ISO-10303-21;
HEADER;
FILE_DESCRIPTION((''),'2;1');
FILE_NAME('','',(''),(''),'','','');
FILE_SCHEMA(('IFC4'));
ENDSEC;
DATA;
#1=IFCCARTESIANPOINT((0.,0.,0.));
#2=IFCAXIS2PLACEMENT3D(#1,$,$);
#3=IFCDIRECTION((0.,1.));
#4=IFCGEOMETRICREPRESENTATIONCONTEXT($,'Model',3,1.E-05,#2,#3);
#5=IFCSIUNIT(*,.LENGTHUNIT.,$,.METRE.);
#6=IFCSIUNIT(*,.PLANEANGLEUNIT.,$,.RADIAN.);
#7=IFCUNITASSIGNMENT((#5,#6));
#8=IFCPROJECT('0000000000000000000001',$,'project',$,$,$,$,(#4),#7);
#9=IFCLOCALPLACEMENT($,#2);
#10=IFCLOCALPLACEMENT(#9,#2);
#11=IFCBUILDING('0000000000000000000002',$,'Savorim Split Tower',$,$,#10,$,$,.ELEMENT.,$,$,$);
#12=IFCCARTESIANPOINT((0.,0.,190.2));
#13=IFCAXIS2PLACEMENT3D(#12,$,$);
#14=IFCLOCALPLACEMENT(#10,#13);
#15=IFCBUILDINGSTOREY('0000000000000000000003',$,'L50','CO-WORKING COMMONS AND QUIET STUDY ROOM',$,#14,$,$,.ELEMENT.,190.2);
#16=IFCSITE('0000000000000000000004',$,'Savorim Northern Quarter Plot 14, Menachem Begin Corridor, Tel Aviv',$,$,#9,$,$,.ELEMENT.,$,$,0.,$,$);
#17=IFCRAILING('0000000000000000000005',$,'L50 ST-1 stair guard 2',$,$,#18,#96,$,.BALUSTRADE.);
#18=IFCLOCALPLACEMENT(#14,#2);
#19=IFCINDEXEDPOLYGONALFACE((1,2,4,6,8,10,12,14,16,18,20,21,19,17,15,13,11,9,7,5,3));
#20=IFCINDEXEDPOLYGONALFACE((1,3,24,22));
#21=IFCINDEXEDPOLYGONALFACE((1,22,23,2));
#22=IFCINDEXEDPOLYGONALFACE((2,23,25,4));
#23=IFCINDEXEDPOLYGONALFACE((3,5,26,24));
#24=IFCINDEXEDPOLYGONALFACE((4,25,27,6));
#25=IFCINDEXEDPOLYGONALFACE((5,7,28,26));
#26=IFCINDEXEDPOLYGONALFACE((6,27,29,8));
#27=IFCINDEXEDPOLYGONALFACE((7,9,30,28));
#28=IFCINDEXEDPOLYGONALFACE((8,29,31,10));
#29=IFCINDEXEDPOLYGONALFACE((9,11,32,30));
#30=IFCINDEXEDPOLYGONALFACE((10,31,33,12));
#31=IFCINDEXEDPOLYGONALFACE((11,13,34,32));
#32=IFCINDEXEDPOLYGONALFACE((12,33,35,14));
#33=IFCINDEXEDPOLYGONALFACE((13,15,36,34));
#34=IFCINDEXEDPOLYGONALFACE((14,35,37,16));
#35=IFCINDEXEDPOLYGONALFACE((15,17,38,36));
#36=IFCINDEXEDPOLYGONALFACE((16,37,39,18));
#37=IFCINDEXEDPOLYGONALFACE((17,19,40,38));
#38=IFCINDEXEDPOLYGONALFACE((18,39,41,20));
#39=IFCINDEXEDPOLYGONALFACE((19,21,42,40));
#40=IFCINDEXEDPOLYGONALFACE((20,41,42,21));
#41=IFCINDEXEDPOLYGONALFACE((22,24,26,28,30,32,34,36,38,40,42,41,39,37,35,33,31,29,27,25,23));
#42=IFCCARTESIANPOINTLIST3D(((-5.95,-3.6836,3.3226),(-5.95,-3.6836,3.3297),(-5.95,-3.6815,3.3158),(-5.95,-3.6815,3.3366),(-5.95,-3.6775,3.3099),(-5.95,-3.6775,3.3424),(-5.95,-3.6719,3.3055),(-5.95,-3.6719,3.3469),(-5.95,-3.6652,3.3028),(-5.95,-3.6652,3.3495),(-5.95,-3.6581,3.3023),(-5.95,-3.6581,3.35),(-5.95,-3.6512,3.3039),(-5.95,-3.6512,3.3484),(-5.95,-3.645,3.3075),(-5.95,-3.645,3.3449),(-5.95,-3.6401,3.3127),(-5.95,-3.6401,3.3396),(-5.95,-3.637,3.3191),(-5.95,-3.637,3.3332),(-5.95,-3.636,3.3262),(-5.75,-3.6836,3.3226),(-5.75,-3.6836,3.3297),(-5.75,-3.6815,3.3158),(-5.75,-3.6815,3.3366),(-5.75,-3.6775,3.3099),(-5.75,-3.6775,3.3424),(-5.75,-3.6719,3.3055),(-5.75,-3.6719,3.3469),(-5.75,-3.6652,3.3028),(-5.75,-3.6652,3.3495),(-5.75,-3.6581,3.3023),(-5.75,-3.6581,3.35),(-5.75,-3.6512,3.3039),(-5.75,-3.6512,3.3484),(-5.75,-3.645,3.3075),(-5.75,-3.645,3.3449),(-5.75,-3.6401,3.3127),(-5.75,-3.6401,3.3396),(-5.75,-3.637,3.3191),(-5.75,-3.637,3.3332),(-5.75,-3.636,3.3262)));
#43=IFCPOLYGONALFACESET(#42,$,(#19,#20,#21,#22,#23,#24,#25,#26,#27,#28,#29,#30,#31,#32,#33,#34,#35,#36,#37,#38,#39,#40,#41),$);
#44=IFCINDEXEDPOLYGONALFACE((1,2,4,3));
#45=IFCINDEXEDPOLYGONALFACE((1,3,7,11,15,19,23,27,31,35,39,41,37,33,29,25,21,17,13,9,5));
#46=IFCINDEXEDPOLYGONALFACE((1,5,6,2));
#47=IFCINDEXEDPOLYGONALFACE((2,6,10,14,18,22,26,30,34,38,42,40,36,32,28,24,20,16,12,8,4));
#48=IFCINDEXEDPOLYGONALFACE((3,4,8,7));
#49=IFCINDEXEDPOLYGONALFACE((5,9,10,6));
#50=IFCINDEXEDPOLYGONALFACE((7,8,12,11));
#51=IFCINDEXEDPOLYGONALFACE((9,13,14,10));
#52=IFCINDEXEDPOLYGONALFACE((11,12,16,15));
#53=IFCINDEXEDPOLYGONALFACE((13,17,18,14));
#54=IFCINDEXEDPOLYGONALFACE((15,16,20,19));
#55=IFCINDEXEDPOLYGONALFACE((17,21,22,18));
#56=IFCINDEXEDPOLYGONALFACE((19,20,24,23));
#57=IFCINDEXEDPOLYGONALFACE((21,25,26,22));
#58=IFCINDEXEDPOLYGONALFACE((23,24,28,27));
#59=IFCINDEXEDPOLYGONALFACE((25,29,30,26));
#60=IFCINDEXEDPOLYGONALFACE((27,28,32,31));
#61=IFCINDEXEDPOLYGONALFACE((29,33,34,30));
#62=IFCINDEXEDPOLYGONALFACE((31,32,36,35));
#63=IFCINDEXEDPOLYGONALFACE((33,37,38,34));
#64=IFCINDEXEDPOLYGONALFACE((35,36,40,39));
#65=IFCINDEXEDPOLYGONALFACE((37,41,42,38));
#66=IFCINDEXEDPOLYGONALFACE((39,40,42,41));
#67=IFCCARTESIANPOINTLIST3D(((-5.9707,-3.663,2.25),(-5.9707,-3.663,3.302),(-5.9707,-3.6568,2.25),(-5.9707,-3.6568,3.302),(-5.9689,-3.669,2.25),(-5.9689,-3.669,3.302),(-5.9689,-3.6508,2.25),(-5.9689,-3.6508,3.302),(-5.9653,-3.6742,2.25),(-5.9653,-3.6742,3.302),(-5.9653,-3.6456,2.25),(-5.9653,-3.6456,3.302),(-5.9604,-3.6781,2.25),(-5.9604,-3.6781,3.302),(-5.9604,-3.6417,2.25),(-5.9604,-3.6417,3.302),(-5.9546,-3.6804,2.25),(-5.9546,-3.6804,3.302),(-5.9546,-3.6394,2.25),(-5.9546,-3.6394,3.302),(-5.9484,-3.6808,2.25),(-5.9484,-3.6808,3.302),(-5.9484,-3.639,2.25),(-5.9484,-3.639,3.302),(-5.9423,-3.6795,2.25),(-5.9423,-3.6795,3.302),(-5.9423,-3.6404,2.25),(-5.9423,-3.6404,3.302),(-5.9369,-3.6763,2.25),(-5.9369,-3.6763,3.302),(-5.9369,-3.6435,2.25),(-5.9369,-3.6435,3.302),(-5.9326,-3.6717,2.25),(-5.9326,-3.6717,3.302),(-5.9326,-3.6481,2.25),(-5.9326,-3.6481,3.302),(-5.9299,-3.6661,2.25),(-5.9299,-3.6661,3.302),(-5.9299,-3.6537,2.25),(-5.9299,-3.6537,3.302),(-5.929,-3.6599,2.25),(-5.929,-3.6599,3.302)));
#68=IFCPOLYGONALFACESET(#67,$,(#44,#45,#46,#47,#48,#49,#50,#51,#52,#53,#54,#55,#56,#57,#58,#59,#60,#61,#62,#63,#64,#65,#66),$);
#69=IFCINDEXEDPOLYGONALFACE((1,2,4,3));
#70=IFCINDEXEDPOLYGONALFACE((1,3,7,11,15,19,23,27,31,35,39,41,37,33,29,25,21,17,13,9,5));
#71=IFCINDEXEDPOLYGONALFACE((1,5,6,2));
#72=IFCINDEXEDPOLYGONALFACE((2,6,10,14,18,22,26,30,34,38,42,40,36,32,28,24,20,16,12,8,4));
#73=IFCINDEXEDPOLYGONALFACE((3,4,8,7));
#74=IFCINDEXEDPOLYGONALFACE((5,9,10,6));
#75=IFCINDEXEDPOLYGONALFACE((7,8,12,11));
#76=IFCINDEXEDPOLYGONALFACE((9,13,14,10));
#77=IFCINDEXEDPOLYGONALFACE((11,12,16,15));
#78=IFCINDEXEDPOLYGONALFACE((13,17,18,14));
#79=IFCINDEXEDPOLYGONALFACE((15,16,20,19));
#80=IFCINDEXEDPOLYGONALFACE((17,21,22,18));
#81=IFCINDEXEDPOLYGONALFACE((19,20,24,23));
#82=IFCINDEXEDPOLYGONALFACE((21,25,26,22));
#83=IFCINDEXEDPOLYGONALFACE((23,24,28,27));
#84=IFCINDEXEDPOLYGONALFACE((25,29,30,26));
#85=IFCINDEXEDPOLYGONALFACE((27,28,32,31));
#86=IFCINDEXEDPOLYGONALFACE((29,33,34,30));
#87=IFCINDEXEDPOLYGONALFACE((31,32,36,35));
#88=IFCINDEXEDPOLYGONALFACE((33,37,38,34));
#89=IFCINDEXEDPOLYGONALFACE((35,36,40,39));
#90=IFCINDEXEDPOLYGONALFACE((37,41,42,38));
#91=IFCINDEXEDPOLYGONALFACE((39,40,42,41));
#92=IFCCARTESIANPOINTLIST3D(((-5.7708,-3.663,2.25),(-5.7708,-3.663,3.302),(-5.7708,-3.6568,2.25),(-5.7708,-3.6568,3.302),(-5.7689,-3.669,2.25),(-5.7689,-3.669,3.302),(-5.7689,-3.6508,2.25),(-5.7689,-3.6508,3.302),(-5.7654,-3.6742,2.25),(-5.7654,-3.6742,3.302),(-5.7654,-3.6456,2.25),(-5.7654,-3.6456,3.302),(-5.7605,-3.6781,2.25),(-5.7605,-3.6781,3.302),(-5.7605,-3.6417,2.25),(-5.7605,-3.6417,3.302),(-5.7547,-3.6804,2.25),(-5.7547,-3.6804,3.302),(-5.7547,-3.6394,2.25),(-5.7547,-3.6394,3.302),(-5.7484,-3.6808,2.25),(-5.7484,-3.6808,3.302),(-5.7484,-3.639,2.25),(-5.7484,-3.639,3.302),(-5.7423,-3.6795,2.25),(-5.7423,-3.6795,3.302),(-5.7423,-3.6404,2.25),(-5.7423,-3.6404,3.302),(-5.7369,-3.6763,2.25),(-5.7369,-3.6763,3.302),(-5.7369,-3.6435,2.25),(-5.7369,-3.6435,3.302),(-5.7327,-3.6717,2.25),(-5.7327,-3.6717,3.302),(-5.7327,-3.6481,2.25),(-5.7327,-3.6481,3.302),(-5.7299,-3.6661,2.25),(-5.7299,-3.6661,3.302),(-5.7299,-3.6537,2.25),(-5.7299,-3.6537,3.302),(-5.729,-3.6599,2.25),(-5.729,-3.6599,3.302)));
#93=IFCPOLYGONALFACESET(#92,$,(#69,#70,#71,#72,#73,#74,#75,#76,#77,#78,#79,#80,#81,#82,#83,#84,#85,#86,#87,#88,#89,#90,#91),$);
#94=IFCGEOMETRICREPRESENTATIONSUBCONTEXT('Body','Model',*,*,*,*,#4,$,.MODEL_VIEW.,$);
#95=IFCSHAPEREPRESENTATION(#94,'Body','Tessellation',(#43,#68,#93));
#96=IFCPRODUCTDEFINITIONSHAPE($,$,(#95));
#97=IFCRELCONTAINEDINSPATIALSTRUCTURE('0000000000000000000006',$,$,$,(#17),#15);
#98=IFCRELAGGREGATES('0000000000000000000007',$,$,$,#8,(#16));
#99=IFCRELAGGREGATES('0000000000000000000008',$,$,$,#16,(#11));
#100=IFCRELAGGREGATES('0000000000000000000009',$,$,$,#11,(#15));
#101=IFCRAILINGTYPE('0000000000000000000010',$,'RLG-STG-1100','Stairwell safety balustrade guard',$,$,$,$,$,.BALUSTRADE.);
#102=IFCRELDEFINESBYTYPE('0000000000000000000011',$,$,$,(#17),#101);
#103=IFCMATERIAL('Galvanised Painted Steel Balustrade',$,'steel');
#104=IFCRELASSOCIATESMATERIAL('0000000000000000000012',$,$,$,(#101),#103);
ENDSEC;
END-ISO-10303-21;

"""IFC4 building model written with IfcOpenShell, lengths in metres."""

from ifc_helpers import new_model, si_unit, direction, frame, origin, origin_2d, place, context, subcontext, project, spatial, circle, extrude, material, type_object, element, save


model = new_model("IFC4")

# Units and contexts
model_context = context("Model", 3, precision=1e-05, world=origin(), true_north=direction((0.0, 1.0)))
body_context = subcontext(model_context, "Body", "Model", "MODEL_VIEW")
ifc_project = project(units=[si_unit("LENGTHUNIT", "METRE"), si_unit("PLANEANGLEUNIT", "RADIAN")], contexts=[model_context])

# Site, building, storey
site_placement = place(None, origin())
site = spatial("IfcSite", under=ifc_project, at=site_placement, Name="Savorim Northern Quarter Plot 14, Menachem Begin Corridor, Tel Aviv", CompositionType="ELEMENT", RefElevation=0.0)
building_placement = place(site_placement, origin())
building = spatial("IfcBuilding", under=site, at=building_placement, Name="Savorim Split Tower", CompositionType="ELEMENT")
storey_placement = place(building_placement, frame((0.0, 0.0, 190.2)))
storey = spatial("IfcBuildingStorey", under=building, at=storey_placement, Name="L50", Description="CO-WORKING COMMONS AND QUIET STUDY ROOM", CompositionType="ELEMENT", Elevation=190.2)

# Railing
ifc_material_1 = material(Name="Galvanised Painted Steel Balustrade", Category="steel")
railing_type_1 = type_object("IfcRailingType", Name="RLG-STG-1100", Description="Stairwell safety balustrade guard", PredefinedType="BALUSTRADE", material=ifc_material_1)
railing_1_placement = place(storey_placement, frame((-5.95, -3.6599, 2.25)))
element("IfcRailing", 1, at=railing_1_placement, inside=storey, type_object=railing_type_1, Name="L50 ST-1 stair guard 2", PredefinedType="BALUSTRADE", context=body_context, shape_type="SweptSolid", body=[
    extrude(circle(Radius=0.0239, at=origin_2d()), frame((0.0, 0.0, 1.0762), z_axis=(1.0, 0.0, 0.0), x_axis=(0.0, 1.0, 0.0)), (0.0, 0.0, 1.0), 0.2),
    extrude(circle(Radius=0.021, at=origin_2d()), origin(), (0.0, 0.0, 1.0), 1.052),
    extrude(circle(Radius=0.021, at=origin_2d()), frame((0.2, 0.0, 0.0)), (0.0, 0.0, 1.0), 1.052),
])

save(model, "model.ifc")
